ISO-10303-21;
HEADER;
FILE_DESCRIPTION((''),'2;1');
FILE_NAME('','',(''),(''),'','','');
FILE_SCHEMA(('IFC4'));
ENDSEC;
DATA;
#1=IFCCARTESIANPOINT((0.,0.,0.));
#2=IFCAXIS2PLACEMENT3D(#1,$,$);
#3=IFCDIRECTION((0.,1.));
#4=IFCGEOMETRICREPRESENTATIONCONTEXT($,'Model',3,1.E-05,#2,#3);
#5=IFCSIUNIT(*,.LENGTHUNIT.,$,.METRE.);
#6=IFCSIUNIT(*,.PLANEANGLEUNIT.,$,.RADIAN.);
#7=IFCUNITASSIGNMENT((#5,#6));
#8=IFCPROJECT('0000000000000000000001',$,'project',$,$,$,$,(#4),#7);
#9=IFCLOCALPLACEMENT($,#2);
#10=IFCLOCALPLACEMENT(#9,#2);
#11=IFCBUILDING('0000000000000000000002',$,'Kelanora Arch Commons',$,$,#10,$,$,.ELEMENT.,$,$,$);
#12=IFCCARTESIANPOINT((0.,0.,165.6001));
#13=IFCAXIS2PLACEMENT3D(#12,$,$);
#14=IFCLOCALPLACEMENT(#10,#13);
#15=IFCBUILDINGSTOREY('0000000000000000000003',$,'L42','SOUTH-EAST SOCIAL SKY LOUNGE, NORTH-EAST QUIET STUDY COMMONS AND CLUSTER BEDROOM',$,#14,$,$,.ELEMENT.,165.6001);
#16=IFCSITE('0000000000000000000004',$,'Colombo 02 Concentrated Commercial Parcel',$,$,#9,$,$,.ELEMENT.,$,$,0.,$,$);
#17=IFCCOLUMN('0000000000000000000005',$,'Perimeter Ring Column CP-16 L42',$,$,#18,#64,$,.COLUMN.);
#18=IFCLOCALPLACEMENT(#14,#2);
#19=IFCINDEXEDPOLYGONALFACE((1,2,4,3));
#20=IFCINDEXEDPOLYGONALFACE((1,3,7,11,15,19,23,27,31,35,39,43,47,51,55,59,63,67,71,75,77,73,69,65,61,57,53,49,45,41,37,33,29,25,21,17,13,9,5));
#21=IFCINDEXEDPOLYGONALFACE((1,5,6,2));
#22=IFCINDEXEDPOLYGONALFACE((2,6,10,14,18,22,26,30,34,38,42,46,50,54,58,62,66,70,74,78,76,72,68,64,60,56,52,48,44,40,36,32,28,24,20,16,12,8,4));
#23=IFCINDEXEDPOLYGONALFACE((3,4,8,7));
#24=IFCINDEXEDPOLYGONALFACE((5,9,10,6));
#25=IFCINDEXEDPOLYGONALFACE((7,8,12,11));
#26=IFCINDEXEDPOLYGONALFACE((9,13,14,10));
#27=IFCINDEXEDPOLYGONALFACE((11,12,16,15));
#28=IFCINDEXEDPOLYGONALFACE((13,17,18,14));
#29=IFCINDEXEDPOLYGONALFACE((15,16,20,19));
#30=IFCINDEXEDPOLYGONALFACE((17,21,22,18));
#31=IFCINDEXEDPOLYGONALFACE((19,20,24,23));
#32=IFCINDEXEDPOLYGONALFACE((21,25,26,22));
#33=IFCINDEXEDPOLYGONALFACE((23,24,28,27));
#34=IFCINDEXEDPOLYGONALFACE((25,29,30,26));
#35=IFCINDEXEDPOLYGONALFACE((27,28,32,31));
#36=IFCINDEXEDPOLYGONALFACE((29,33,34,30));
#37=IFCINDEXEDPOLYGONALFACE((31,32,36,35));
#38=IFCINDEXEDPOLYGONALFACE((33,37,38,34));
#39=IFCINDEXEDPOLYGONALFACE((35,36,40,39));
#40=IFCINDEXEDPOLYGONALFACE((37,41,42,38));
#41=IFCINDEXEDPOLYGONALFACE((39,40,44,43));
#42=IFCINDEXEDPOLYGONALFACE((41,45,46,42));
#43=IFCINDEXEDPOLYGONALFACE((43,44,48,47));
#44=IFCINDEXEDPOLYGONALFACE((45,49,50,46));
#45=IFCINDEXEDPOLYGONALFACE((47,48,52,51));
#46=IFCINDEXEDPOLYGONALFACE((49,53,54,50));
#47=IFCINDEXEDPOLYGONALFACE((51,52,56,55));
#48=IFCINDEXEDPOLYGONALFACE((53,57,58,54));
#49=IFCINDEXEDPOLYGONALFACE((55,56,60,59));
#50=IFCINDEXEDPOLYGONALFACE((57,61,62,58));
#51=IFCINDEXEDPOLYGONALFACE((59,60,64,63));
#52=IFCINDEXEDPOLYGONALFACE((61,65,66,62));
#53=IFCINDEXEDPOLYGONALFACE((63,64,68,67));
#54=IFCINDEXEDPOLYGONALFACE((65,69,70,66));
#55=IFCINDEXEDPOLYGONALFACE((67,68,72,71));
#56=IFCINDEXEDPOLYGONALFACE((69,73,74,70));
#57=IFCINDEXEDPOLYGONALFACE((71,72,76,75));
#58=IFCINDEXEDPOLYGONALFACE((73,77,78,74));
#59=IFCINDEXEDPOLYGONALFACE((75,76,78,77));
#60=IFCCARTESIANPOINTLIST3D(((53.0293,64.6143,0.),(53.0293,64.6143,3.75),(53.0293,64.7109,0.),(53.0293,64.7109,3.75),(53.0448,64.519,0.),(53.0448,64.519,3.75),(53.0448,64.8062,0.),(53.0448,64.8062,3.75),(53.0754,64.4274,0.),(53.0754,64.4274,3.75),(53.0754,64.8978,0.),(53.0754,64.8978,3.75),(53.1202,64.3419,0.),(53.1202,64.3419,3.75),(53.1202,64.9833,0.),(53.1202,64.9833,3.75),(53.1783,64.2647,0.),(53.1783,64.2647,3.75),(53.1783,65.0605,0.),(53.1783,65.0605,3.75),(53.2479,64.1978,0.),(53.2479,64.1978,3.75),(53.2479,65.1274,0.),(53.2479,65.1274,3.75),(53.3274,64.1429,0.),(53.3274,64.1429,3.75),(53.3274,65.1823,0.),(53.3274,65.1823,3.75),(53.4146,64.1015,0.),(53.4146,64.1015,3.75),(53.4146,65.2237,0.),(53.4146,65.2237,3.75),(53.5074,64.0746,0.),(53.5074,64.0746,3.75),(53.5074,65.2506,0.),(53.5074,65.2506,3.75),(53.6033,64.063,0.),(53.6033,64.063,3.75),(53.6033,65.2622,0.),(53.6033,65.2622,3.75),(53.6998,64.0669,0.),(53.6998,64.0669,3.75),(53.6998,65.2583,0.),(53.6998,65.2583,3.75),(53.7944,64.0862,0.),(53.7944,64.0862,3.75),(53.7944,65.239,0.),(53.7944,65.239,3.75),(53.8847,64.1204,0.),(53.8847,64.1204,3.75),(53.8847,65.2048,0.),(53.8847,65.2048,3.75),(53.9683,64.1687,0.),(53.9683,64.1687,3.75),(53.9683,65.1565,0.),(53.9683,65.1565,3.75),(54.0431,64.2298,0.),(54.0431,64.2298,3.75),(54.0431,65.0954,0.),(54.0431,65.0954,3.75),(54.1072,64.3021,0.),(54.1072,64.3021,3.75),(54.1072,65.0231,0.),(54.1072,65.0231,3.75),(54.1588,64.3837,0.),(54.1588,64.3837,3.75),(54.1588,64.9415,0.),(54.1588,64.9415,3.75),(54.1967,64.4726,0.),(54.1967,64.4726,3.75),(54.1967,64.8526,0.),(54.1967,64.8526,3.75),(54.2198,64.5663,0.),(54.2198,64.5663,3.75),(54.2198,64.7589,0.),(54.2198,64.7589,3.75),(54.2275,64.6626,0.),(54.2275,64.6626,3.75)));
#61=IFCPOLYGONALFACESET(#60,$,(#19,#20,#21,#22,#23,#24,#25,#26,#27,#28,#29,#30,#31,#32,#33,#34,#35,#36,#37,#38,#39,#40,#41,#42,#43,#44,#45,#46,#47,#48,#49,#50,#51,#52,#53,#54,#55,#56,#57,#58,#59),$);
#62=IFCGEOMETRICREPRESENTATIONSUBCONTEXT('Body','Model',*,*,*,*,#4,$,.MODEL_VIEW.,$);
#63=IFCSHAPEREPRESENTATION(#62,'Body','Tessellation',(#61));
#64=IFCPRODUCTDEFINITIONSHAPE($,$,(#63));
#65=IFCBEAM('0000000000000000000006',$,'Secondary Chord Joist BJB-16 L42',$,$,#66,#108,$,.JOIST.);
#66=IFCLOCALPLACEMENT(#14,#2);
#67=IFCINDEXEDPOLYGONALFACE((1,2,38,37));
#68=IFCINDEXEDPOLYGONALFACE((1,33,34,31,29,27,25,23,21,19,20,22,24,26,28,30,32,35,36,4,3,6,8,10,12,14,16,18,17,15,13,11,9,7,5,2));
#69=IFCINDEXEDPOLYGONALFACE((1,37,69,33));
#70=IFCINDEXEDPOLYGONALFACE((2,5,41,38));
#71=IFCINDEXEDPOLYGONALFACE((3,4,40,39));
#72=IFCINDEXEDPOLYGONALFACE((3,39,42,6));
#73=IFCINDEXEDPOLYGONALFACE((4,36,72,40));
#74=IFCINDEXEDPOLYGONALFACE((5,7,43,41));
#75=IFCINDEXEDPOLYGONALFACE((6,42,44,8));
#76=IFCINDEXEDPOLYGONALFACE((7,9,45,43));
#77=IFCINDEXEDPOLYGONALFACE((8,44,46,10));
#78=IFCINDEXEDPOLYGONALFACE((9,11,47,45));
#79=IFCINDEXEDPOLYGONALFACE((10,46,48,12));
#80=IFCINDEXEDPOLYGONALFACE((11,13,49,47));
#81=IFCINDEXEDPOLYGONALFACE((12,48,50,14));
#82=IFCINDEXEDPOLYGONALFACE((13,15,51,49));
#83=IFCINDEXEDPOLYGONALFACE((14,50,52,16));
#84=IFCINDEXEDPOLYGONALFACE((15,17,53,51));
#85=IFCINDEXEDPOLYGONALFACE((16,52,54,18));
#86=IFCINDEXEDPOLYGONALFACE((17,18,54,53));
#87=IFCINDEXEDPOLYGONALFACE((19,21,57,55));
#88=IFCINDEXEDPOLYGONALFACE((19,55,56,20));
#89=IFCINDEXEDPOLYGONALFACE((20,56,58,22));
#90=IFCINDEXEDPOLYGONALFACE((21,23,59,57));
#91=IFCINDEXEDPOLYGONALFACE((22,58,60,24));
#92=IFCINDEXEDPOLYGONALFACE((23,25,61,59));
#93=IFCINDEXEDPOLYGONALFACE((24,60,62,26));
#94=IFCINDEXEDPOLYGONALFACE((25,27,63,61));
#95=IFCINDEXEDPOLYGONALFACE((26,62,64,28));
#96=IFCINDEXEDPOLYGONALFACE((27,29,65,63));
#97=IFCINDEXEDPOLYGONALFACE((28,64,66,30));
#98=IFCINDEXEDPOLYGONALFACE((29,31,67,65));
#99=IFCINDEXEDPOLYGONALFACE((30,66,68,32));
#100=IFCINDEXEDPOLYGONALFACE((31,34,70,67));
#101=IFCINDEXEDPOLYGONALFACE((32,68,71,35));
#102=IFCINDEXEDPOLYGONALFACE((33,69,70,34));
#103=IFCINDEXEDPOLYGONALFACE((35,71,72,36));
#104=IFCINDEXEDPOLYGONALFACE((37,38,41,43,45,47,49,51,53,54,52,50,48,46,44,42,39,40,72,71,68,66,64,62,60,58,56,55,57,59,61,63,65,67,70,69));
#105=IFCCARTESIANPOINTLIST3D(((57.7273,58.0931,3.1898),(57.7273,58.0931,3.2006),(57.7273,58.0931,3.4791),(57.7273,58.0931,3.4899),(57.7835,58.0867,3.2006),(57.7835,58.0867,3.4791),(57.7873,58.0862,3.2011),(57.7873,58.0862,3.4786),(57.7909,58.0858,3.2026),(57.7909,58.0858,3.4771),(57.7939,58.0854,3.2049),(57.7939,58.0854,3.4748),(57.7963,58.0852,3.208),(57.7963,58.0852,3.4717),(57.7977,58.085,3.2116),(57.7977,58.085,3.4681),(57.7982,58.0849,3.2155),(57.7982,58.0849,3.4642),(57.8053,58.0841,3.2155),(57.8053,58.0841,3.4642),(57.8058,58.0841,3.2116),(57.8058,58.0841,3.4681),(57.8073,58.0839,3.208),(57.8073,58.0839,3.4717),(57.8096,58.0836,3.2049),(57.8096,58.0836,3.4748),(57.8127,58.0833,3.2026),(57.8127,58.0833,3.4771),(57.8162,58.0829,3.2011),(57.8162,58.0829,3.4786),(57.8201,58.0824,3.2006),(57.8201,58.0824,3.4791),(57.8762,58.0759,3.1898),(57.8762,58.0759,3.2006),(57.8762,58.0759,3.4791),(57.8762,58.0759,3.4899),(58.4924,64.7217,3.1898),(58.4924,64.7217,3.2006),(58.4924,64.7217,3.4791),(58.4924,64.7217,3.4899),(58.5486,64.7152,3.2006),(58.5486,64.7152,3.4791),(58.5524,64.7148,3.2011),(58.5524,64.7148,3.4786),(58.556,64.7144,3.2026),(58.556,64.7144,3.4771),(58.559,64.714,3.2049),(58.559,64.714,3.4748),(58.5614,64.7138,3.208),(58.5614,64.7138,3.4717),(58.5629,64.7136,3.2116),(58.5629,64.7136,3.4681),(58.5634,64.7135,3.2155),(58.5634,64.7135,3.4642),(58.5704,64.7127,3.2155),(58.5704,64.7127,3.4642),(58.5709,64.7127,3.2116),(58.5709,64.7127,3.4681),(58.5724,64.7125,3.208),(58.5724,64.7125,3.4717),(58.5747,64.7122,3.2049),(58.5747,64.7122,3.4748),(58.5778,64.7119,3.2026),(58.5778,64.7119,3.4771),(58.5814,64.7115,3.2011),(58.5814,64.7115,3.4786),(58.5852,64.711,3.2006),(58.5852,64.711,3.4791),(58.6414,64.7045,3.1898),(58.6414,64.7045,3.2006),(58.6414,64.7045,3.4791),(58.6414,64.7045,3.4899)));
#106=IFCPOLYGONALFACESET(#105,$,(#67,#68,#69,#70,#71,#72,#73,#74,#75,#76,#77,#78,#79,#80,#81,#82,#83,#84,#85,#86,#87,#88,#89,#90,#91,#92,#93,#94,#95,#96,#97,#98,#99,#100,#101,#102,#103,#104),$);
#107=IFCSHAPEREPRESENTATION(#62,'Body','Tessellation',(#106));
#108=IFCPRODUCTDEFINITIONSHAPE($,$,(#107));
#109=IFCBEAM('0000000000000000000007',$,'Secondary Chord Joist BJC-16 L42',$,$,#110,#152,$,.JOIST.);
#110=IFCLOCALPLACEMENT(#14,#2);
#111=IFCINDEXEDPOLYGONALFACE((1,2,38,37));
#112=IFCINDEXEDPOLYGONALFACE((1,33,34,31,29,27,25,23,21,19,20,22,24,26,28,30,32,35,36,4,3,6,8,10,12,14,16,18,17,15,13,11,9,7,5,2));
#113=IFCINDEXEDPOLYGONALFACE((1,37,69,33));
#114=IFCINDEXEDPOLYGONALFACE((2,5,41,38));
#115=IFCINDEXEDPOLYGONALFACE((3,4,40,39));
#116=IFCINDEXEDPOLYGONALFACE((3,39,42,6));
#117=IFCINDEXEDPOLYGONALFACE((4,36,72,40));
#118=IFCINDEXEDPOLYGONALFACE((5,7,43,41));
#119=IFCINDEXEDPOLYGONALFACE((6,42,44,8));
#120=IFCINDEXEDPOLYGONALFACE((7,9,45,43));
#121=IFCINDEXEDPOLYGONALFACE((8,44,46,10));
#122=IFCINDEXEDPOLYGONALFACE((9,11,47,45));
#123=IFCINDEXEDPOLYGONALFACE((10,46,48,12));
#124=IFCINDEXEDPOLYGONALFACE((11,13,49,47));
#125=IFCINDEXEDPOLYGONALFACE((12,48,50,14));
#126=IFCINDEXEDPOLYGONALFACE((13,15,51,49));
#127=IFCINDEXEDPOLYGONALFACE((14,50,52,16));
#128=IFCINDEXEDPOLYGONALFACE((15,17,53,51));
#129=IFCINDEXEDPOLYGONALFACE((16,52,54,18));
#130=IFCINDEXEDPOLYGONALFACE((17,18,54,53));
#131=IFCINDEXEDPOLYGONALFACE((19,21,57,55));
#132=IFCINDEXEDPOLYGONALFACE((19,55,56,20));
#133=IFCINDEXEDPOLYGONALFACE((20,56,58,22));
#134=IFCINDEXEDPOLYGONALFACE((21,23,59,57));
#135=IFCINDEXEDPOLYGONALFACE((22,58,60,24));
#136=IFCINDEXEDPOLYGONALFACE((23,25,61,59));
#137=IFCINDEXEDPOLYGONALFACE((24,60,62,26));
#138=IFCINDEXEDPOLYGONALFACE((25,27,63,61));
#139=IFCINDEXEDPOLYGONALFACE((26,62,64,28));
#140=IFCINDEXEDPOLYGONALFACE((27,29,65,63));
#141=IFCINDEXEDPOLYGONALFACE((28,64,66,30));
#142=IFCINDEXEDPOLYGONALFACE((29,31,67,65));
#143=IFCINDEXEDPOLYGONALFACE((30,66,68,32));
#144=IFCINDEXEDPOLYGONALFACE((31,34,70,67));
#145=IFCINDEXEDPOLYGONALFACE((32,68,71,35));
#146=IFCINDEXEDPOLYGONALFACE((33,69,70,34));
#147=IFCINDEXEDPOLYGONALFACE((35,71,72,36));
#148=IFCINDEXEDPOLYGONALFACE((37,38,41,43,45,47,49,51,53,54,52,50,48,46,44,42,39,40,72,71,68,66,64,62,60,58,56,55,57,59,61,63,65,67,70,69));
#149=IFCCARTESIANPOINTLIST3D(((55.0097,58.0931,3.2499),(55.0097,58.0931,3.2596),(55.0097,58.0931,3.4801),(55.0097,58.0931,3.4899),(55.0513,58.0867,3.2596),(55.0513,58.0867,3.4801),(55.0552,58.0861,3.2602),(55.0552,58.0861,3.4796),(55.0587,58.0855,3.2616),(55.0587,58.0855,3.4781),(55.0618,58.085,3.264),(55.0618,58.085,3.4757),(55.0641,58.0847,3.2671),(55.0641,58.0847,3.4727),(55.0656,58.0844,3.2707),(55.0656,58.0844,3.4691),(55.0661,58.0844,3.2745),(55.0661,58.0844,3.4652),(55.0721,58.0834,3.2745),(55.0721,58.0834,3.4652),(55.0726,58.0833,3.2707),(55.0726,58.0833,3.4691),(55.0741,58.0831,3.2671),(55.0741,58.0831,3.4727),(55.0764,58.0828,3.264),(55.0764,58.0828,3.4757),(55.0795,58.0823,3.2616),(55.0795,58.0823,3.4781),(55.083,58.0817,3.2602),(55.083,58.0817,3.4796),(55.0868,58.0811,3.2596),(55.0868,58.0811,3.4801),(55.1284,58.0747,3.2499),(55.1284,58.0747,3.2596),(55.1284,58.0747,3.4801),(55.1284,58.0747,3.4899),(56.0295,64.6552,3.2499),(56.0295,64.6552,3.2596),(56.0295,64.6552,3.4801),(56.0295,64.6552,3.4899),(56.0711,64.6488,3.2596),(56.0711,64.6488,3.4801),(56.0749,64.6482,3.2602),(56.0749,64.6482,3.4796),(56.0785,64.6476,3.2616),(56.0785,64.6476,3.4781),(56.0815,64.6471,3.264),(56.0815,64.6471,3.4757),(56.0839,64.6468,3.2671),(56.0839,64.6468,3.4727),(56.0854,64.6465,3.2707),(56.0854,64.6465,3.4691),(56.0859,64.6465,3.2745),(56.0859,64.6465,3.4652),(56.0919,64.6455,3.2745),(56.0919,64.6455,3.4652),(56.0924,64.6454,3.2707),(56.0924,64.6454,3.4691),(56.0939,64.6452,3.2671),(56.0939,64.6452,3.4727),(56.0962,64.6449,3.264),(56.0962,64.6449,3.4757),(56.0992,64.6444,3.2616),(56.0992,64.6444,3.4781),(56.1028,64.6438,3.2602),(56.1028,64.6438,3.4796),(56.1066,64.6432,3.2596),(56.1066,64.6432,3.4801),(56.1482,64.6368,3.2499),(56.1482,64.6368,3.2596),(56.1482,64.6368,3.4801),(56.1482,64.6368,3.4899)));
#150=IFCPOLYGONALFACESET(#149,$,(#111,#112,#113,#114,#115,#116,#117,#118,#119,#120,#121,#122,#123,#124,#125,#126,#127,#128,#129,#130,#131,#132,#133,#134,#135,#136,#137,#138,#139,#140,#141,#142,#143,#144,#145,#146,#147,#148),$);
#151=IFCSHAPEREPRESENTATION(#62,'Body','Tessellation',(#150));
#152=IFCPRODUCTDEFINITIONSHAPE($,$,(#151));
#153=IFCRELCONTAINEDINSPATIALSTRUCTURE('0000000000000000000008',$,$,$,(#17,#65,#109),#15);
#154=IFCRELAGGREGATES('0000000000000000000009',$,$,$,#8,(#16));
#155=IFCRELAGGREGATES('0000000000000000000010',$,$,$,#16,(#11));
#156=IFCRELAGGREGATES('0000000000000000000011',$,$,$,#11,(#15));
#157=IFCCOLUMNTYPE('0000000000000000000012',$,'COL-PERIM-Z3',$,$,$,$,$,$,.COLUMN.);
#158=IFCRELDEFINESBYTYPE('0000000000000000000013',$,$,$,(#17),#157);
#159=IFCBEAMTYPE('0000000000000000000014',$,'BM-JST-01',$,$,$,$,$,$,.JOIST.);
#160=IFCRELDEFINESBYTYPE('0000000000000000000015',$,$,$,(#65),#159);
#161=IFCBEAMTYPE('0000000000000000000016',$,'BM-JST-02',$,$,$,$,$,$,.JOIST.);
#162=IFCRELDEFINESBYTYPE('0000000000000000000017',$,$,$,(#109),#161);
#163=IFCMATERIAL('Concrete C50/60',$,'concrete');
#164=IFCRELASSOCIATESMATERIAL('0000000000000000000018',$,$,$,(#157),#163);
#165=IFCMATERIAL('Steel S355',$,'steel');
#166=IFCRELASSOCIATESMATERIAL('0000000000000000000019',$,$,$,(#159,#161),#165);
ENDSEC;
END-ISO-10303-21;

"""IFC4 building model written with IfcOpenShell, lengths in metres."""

from ifc_helpers import new_model, si_unit, direction, frame, origin, origin_2d, place, context, subcontext, project, spatial, circle, i_section, extrude, material, material_profile, profile_set, type_object, element, save


model = new_model("IFC4")

# Units and contexts
model_context = context("Model", 3, precision=1e-05, world=origin(), true_north=direction((0.0, 1.0)))
body_context = subcontext(model_context, "Body", "Model", "MODEL_VIEW")
ifc_project = project(units=[si_unit("LENGTHUNIT", "METRE"), si_unit("PLANEANGLEUNIT", "RADIAN")], contexts=[model_context])

# Site, building, storey
site_placement = place(None, origin())
site = spatial("IfcSite", under=ifc_project, at=site_placement, Name="Colombo 02 Concentrated Commercial Parcel", CompositionType="ELEMENT", RefElevation=0.0)
building_placement = place(site_placement, origin())
building = spatial("IfcBuilding", under=site, at=building_placement, Name="Kelanora Arch Commons", CompositionType="ELEMENT")
storey_placement = place(building_placement, frame((0.0, 0.0, 165.6001)))
storey = spatial("IfcBuildingStorey", under=building, at=storey_placement, Name="L42", Description="SOUTH-EAST SOCIAL SKY LOUNGE, NORTH-EAST QUIET STUDY COMMONS AND CLUSTER BEDROOM", CompositionType="ELEMENT", Elevation=165.6001)

# Column
ifc_material_1 = material(Name="Concrete C50/60", Category="concrete")
ifc_material_profile_1 = material_profile(ifc_material_1, circle(Radius=0.6001, at=origin_2d()), Name="RCC1200")
ifc_profile_set_1 = profile_set([ifc_material_profile_1], Name="Concrete C50/60")
column_type = type_object("IfcColumnType", Name="COL-PERIM-Z3", PredefinedType="COLUMN", material=ifc_profile_set_1)
column_placement = place(storey_placement, frame((53.6274, 64.6626, 0.0), z_axis=(0.0, 0.0, 1.0), x_axis=(1.0, 0.0, 0.0)))
element("IfcColumn", 1, at=column_placement, inside=storey, type_object=column_type, Name="Perimeter Ring Column CP-16 L42", PredefinedType="COLUMN", context=body_context, shape_type="SweptSolid", body=[
    extrude(circle(Radius=0.6001, at=origin_2d()), origin(), (0.0, 0.0, 1.0), 3.75),
])

# Beams
ifc_material_2 = material(Name="Steel S355", Category="steel")
ifc_material_profile_2 = material_profile(ifc_material_2, i_section(OverallWidth=0.1499, OverallDepth=0.3, WebThickness=0.0071, FlangeThickness=0.0107, FilletRadius=0.0149, at=origin_2d()), Name="IPE300")
ifc_profile_set_2 = profile_set([ifc_material_profile_2], Name="Steel S355")
beam_type_1 = type_object("IfcBeamType", Name="BM-JST-01", PredefinedType="JOIST", material=ifc_profile_set_2)
beam_1_placement = place(storey_placement, frame((58.5669, 64.7131, 3.3398), z_axis=(-0.114667, -0.993404, 0.0), x_axis=(0.993404, -0.114667, 0.0)))
element("IfcBeam", 2, at=beam_1_placement, inside=storey, type_object=beam_type_1, Name="Secondary Chord Joist BJB-16 L42", PredefinedType="JOIST", context=body_context, shape_type="SweptSolid", body=[
    extrude(i_section(OverallWidth=0.1499, OverallDepth=0.3, WebThickness=0.0071, FlangeThickness=0.0107, FilletRadius=0.0149, at=origin_2d()), origin(), (0.0, 0.0, 1.0), 6.6726),
])
ifc_material_profile_3 = material_profile(ifc_material_2, i_section(OverallWidth=0.1201, OverallDepth=0.24, WebThickness=0.0061, FlangeThickness=0.0098, FilletRadius=0.0149, at=origin_2d()), Name="IPE240")
ifc_profile_set_3 = profile_set([ifc_material_profile_3], Name="Steel S355")
beam_type_2 = type_object("IfcBeamType", Name="BM-JST-02", PredefinedType="JOIST", material=ifc_profile_set_3)
beam_2_placement = place(storey_placement, frame((56.0889, 64.646, 3.3699), z_axis=(-0.153563, -0.988139, 0.0), x_axis=(0.988139, -0.153563, 0.0)))
element("IfcBeam", 3, at=beam_2_placement, inside=storey, type_object=beam_type_2, Name="Secondary Chord Joist BJC-16 L42", PredefinedType="JOIST", context=body_context, shape_type="SweptSolid", body=[
    extrude(i_section(OverallWidth=0.1201, OverallDepth=0.24, WebThickness=0.0061, FlangeThickness=0.0098, FilletRadius=0.0149, at=origin_2d()), origin(), (0.0, 0.0, 1.0), 6.6409),
])

save(model, "model.ifc")
